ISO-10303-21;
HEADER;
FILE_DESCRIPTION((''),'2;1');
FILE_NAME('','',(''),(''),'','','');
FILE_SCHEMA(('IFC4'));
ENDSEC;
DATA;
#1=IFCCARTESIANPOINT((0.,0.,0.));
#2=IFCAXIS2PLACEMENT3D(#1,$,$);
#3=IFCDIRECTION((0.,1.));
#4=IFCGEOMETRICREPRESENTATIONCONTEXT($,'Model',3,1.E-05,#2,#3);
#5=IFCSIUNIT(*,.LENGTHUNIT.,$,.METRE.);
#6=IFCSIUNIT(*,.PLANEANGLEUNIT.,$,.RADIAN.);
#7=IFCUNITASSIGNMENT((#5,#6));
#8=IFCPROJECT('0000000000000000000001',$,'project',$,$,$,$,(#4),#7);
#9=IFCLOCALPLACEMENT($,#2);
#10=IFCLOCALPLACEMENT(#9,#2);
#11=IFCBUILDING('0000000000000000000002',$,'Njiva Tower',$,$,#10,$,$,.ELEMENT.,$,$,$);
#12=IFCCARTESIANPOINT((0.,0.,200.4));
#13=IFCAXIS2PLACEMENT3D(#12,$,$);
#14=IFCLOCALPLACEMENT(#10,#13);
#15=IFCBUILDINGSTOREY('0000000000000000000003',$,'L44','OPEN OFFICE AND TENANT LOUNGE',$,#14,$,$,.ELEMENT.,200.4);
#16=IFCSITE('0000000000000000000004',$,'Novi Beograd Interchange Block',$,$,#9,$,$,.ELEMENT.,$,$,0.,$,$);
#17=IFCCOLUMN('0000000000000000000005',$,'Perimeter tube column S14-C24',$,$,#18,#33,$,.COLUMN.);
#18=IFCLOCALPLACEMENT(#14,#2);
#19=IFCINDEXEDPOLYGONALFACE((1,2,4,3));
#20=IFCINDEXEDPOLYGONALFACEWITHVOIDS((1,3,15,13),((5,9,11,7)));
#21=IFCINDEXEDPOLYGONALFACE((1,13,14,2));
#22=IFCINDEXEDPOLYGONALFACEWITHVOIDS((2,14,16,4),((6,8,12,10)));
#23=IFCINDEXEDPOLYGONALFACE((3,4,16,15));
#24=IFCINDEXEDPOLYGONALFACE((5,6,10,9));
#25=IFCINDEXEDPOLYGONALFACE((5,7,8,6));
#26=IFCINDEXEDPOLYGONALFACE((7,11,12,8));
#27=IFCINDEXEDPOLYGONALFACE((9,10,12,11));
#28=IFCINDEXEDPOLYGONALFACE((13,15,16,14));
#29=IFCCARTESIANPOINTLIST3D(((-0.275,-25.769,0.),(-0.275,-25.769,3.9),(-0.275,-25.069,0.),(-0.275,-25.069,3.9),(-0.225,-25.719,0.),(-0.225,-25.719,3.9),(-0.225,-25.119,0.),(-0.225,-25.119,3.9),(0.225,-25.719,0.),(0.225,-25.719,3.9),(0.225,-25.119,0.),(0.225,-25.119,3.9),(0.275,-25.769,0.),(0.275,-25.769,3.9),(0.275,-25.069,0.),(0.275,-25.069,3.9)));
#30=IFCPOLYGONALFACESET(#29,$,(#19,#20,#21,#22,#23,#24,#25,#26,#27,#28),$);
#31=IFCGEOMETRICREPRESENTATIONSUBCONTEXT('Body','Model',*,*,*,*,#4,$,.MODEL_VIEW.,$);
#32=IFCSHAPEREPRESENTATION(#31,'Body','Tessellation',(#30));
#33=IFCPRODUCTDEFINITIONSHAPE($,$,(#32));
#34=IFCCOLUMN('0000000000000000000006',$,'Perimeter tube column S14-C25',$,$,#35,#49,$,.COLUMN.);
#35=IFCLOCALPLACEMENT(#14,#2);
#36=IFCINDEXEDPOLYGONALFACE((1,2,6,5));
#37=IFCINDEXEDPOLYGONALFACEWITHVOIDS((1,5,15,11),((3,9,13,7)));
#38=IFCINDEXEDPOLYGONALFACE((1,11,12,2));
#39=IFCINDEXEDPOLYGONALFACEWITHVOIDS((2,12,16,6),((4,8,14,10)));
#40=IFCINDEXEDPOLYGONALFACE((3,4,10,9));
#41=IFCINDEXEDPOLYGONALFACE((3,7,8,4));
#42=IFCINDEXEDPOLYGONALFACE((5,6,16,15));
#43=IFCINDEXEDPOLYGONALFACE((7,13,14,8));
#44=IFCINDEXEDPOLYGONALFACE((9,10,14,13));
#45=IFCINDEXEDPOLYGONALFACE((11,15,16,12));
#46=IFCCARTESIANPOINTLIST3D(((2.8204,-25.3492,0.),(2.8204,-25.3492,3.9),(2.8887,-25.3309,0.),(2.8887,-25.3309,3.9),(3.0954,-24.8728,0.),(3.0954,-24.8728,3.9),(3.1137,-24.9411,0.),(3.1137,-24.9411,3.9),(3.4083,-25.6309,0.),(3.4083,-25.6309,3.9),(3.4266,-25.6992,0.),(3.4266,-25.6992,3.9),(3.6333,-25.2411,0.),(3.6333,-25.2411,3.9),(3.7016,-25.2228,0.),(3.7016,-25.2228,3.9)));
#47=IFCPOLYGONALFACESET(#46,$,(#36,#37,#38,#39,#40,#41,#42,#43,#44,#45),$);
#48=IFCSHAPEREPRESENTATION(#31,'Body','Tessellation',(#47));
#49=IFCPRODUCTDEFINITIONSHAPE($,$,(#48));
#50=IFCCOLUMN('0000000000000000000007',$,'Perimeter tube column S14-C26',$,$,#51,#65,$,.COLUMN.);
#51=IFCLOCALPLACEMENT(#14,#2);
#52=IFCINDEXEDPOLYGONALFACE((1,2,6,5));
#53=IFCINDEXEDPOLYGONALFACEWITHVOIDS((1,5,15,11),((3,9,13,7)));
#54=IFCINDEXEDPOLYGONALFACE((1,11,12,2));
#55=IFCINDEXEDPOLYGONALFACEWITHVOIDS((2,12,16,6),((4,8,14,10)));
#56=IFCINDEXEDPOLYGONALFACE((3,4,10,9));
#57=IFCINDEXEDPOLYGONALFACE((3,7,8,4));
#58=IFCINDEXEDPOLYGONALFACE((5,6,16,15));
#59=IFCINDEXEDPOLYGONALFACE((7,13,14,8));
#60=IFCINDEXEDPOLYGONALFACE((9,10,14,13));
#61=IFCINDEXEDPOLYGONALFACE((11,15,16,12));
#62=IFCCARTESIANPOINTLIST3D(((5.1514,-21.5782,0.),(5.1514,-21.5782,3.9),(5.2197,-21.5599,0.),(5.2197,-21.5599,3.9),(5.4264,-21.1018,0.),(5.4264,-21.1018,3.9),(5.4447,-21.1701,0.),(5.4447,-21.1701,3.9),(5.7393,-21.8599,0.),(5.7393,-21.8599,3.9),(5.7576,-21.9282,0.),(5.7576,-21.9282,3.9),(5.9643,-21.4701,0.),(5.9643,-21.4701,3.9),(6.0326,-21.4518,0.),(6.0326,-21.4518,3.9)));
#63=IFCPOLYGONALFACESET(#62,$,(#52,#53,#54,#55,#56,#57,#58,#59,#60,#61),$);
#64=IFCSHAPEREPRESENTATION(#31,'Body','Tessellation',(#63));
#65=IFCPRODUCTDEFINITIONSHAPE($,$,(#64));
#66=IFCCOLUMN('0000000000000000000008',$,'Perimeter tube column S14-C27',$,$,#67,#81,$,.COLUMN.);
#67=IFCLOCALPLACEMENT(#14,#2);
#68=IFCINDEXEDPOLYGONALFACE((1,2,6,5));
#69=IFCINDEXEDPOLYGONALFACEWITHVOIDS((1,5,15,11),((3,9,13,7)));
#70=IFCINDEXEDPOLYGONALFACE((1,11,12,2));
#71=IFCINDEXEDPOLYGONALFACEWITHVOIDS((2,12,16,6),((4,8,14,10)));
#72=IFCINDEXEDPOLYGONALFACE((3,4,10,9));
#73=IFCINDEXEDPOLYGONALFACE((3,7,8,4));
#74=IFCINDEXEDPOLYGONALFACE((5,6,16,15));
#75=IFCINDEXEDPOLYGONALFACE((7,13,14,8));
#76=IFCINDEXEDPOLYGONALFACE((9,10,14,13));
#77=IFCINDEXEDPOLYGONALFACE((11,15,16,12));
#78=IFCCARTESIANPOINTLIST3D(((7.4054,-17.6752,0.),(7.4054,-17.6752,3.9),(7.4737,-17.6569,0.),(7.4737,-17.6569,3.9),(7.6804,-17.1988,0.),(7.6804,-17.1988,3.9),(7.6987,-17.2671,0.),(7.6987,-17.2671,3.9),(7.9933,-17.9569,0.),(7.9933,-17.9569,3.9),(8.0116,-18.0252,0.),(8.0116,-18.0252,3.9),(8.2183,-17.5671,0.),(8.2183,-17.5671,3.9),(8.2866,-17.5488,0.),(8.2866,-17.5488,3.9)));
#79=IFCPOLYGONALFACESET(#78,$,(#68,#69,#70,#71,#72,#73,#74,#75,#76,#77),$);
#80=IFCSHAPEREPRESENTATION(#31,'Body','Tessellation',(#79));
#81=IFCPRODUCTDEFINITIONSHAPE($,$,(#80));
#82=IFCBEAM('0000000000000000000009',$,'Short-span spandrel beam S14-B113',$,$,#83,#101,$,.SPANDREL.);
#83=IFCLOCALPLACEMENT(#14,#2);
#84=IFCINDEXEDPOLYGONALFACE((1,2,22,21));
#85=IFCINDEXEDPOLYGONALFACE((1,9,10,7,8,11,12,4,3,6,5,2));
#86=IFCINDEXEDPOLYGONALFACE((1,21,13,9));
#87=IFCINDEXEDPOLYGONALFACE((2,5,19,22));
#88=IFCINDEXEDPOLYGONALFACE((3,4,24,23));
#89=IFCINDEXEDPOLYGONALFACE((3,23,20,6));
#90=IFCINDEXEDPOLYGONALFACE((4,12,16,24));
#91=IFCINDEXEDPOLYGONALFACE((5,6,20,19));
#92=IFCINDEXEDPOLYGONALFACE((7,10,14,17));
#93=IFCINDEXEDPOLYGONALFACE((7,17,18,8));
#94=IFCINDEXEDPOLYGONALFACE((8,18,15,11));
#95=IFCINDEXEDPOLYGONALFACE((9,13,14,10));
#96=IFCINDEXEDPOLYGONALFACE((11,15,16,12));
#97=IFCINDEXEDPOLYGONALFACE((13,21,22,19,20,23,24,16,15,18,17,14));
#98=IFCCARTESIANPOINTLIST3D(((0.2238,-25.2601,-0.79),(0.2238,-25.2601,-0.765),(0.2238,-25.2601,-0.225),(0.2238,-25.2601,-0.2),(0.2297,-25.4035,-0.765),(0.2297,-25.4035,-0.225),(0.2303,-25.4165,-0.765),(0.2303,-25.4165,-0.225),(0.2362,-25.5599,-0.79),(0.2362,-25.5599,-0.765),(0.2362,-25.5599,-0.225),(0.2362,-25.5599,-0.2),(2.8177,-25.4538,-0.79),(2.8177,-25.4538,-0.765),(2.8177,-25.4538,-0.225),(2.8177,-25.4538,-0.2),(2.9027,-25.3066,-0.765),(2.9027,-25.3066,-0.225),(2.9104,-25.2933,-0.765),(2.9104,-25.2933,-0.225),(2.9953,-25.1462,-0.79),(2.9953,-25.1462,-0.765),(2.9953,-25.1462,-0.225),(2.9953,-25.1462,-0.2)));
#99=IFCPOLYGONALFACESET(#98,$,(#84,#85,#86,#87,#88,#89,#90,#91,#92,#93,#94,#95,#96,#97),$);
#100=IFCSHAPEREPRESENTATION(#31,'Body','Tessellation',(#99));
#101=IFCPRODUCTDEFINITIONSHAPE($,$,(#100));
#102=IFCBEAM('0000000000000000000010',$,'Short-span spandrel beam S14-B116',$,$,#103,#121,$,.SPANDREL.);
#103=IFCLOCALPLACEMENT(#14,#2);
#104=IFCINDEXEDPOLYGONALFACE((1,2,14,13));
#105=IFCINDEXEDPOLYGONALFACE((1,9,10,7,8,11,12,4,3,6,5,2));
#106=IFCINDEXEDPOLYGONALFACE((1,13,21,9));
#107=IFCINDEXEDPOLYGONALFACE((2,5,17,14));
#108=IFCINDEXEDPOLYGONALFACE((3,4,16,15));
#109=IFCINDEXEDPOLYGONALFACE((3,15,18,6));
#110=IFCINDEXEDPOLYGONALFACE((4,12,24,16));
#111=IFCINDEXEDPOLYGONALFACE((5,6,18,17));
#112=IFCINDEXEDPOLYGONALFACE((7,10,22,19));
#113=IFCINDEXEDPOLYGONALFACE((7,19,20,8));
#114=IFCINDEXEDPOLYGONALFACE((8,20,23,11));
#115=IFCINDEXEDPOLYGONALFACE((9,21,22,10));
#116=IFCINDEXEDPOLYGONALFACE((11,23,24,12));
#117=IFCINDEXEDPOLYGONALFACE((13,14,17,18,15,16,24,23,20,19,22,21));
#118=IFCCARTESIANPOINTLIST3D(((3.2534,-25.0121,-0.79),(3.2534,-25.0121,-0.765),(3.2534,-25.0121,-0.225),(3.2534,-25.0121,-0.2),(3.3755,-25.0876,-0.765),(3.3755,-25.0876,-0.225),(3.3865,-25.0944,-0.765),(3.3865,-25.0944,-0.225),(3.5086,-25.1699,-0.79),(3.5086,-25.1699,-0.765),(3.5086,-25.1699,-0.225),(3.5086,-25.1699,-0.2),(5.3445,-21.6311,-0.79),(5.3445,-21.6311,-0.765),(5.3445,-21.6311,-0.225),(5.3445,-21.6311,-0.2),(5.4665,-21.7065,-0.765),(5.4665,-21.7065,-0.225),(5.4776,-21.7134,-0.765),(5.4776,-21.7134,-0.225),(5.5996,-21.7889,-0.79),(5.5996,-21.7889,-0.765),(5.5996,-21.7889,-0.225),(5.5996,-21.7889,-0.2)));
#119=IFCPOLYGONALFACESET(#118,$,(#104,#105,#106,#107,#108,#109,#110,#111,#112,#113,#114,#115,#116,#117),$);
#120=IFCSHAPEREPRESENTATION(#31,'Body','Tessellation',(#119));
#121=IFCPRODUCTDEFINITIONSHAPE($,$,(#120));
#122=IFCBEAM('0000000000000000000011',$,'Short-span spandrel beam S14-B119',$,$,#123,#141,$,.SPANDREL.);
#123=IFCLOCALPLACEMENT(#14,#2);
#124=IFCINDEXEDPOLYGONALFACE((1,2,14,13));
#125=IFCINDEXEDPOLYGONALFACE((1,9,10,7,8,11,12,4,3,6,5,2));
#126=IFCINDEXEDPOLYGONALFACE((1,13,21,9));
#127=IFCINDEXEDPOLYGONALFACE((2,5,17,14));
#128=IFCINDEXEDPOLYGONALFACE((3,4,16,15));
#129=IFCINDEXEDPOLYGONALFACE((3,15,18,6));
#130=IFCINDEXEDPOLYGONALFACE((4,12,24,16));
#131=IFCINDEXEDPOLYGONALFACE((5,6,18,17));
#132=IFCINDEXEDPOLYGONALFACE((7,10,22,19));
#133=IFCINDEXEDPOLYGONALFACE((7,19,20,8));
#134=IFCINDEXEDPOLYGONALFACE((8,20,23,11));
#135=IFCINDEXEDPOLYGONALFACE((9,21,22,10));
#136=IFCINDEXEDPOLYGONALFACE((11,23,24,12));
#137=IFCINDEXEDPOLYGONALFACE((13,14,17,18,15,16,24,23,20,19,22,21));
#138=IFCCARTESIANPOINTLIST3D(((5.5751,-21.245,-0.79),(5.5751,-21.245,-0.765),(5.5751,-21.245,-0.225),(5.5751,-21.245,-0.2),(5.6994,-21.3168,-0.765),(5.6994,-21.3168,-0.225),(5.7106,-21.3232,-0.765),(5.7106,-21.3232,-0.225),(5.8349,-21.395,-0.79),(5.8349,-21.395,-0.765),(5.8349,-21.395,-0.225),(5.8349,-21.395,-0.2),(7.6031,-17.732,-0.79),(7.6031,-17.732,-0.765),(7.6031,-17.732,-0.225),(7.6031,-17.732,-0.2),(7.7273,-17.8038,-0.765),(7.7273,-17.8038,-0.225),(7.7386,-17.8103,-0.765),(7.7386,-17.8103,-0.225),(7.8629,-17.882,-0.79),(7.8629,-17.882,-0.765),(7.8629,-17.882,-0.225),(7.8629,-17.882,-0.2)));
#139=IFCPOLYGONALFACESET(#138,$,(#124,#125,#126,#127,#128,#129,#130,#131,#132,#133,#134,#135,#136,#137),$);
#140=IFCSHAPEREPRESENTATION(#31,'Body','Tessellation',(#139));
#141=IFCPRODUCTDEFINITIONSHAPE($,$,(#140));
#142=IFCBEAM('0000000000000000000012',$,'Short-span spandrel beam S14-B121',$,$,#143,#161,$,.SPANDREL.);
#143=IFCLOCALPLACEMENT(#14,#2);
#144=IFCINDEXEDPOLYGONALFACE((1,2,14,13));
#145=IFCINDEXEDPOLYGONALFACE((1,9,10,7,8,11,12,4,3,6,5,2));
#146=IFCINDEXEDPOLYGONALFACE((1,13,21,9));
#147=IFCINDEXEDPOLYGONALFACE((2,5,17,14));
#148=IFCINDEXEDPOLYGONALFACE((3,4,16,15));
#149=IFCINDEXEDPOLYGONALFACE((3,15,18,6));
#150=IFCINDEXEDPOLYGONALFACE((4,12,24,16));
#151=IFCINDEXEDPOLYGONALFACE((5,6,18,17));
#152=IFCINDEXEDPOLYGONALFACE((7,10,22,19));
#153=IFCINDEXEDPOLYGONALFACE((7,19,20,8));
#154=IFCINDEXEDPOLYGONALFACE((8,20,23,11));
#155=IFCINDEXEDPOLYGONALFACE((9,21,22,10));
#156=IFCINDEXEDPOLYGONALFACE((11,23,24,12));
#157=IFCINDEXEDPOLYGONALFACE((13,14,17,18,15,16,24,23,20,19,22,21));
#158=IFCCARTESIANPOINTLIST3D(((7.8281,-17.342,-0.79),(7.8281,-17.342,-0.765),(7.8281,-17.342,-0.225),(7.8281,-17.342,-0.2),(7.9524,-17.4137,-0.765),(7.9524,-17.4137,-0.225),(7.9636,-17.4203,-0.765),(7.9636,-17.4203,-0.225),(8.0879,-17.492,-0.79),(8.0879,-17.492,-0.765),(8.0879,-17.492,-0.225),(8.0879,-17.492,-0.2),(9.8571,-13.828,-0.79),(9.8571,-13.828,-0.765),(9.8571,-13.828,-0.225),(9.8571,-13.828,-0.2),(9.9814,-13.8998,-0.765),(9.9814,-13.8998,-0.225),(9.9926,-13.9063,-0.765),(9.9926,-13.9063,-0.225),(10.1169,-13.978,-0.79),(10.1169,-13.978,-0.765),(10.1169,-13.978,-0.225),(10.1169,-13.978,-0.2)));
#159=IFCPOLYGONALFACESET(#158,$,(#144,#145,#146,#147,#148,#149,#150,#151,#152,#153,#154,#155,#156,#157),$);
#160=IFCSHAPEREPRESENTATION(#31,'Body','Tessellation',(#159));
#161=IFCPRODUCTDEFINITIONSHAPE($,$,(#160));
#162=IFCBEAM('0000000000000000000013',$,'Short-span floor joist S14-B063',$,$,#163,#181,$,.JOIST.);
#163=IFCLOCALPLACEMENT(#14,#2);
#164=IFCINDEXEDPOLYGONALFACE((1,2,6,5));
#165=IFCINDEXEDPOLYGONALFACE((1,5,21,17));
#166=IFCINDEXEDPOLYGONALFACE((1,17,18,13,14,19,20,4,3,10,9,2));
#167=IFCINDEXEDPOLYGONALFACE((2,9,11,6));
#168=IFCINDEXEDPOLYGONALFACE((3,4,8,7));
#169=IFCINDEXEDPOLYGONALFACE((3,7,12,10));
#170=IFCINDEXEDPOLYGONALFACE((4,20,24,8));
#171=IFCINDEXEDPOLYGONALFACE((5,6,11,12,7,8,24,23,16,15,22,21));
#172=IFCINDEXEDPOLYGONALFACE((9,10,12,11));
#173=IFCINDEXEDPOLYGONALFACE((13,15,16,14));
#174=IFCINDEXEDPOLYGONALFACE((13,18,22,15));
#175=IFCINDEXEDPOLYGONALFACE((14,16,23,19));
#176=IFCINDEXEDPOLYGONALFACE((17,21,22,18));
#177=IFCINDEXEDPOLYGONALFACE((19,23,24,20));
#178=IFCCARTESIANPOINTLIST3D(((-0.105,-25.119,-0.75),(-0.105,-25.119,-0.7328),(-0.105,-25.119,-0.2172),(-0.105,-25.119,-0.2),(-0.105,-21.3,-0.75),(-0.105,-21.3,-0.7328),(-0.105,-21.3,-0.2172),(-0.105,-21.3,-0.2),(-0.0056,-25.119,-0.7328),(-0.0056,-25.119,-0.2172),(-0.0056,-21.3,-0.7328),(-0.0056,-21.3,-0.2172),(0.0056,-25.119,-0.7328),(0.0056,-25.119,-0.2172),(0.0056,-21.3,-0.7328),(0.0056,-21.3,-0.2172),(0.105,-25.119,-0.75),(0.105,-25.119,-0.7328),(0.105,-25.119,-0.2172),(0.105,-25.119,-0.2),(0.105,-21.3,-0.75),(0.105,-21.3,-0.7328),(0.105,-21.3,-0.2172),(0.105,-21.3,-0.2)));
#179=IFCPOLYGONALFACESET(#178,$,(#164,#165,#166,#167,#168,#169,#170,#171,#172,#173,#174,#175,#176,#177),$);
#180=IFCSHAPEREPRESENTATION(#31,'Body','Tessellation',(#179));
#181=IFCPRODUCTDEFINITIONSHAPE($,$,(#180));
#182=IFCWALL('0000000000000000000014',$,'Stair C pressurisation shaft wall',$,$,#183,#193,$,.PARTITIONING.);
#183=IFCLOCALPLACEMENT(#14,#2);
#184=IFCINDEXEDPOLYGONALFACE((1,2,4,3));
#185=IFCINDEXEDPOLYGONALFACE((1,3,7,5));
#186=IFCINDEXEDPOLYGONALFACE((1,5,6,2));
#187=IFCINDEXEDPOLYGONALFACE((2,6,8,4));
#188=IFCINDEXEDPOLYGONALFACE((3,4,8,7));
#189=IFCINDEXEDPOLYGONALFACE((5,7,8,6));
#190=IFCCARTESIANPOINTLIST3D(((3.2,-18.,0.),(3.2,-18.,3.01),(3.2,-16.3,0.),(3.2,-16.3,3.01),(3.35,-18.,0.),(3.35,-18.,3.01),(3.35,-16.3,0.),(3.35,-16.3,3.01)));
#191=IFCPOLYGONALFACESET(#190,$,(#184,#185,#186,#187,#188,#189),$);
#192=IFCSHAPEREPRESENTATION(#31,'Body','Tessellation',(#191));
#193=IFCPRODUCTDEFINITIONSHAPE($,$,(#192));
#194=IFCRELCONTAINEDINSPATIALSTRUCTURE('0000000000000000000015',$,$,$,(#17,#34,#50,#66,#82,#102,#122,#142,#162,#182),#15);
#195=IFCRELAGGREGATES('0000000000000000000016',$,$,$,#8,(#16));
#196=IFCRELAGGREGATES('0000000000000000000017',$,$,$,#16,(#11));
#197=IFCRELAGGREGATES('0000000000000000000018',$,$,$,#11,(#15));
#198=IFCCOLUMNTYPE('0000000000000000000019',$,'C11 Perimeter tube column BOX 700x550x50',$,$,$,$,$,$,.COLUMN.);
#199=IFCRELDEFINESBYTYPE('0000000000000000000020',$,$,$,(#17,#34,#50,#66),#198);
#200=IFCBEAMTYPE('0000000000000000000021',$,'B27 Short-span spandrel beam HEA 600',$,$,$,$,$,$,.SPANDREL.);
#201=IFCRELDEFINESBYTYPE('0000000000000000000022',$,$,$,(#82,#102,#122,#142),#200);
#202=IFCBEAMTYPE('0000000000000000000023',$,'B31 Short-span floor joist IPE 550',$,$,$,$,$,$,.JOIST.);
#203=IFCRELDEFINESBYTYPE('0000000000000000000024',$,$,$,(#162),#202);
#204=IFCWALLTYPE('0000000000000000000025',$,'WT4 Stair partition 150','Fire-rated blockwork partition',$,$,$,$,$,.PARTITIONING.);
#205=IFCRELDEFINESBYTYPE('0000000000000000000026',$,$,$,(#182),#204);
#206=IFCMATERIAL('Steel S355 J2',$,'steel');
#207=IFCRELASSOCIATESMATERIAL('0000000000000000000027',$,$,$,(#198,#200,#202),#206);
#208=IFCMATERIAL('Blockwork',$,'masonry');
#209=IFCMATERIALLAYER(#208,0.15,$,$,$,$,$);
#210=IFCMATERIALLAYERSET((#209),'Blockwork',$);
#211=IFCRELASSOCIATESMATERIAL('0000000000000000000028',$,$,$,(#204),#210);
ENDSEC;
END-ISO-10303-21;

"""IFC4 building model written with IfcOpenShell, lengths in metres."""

from ifc_helpers import new_model, si_unit, direction, frame, frame_2d, origin, origin_2d, place, context, subcontext, project, spatial, rectangle, hollow_rectangle, i_section, extrude, clip, halfspace, material, layer, layer_set, material_profile, profile_set, type_object, element, save


model = new_model("IFC4")

# Units and contexts
model_context = context("Model", 3, precision=1e-05, world=origin(), true_north=direction((0.0, 1.0)))
body_context = subcontext(model_context, "Body", "Model", "MODEL_VIEW")
ifc_project = project(units=[si_unit("LENGTHUNIT", "METRE"), si_unit("PLANEANGLEUNIT", "RADIAN")], contexts=[model_context])

# Site, building, storey
site_placement = place(None, origin())
site = spatial("IfcSite", under=ifc_project, at=site_placement, Name="Novi Beograd Interchange Block", CompositionType="ELEMENT", RefElevation=0.0)
building_placement = place(site_placement, origin())
building = spatial("IfcBuilding", under=site, at=building_placement, Name="Njiva Tower", CompositionType="ELEMENT")
storey_placement = place(building_placement, frame((0.0, 0.0, 200.4)))
storey = spatial("IfcBuildingStorey", under=building, at=storey_placement, Name="L44", Description="OPEN OFFICE AND TENANT LOUNGE", CompositionType="ELEMENT", Elevation=200.4)

# Columns
ifc_material_1 = material(Name="Steel S355 J2", Category="steel")
ifc_material_profile_1 = material_profile(ifc_material_1, hollow_rectangle(XDim=0.55, YDim=0.7, WallThickness=0.05, at=origin_2d()), Name="BOX 700x550x50")
ifc_profile_set_1 = profile_set([ifc_material_profile_1], Name="Steel S355 J2")
column_type = type_object("IfcColumnType", Name="C11 Perimeter tube column BOX 700x550x50", PredefinedType="COLUMN", material=ifc_profile_set_1)
for number, where, z_axis, x_axis, name in (
    (1, (0.0, -25.419, 0.0), (0.0, 0.0, 1.0), (1.0, 0.0, 0.0), "Perimeter tube column S14-C24"),
    (2, (3.261, -25.286, 0.0), (0.0, 0.0, 1.0), (0.5, 0.866025, 0.0), "Perimeter tube column S14-C25"),
    (3, (5.592, -21.515, 0.0), (0.0, 0.0, 1.0), (0.5, 0.866025, 0.0), "Perimeter tube column S14-C26"),
    (4, (7.846, -17.612, 0.0), (0.0, 0.0, 1.0), (0.5, 0.866025, 0.0), "Perimeter tube column S14-C27"),
):
    element("IfcColumn", number, at=place(storey_placement, frame(where, z_axis=z_axis, x_axis=x_axis)), inside=storey, type_object=column_type, Name=name, PredefinedType="COLUMN", context=body_context, shape_type="SweptSolid", body=[
        extrude(hollow_rectangle(XDim=0.55, YDim=0.7, WallThickness=0.05, at=origin_2d()), origin(), (0.0, 0.0, 1.0), 3.9),
    ])

# Beams
ifc_material_profile_2 = material_profile(ifc_material_1, i_section(OverallWidth=0.3, OverallDepth=0.59, WebThickness=0.013, FlangeThickness=0.025, at=origin_2d()), Name="HEA 600")
ifc_profile_set_2 = profile_set([ifc_material_profile_2], Name="Steel S355 J2")
beam_type_1 = type_object("IfcBeamType", Name="B27 Short-span spandrel beam HEA 600", PredefinedType="SPANDREL", material=ifc_profile_set_2)
beam_1_placement = place(storey_placement, frame((0.23, -25.41, -0.495), z_axis=(0.999156, 0.041071, 0.0), x_axis=(-0.041071, 0.999156, 0.0)))
element("IfcBeam", 5, at=beam_1_placement, inside=storey, type_object=beam_type_1, Name="Short-span spandrel beam S14-B113", PredefinedType="SPANDREL", context=body_context, shape_type="Clipping", body=[
    clip(extrude(i_section(OverallWidth=0.3, OverallDepth=0.59, WebThickness=0.013, FlangeThickness=0.025, at=origin_2d()), origin(), (0.0, 0.0, 1.0), 2.7933), halfspace(frame((-0.0271, 0.0, 2.6616), z_axis=(-0.535145, 0.0, 0.84476), x_axis=(0.0, 1.0, 0.0)), False)),
])
beam_2_placement = place(storey_placement, frame((3.381, -25.091, -0.495), z_axis=(0.525991, 0.85049, 0.0), x_axis=(-0.85049, 0.525991, 0.0)))
element("IfcBeam", 6, at=beam_2_placement, inside=storey, type_object=beam_type_1, Name="Short-span spandrel beam S14-B116", PredefinedType="SPANDREL", context=body_context, shape_type="SweptSolid", body=[
    extrude(i_section(OverallWidth=0.3, OverallDepth=0.59, WebThickness=0.013, FlangeThickness=0.025, at=origin_2d()), origin(), (0.0, 0.0, 1.0), 3.9754),
])
beam_3_placement = place(storey_placement, frame((5.705, -21.32, -0.495), z_axis=(0.499957, 0.86605, 0.0), x_axis=(-0.86605, 0.499957, 0.0)))
element("IfcBeam", 7, at=beam_3_placement, inside=storey, type_object=beam_type_1, Name="Short-span spandrel beam S14-B119", PredefinedType="SPANDREL", context=body_context, shape_type="SweptSolid", body=[
    extrude(i_section(OverallWidth=0.3, OverallDepth=0.59, WebThickness=0.013, FlangeThickness=0.025, at=origin_2d()), origin(), (0.0, 0.0, 1.0), 4.0563),
])
beam_4_placement = place(storey_placement, frame((7.958, -17.417, -0.495), z_axis=(0.500035, 0.866005, 0.0), x_axis=(-0.866005, 0.500035, 0.0)))
element("IfcBeam", 8, at=beam_4_placement, inside=storey, type_object=beam_type_1, Name="Short-span spandrel beam S14-B121", PredefinedType="SPANDREL", context=body_context, shape_type="SweptSolid", body=[
    extrude(i_section(OverallWidth=0.3, OverallDepth=0.59, WebThickness=0.013, FlangeThickness=0.025, at=origin_2d()), origin(), (0.0, 0.0, 1.0), 4.0577),
])
ifc_material_profile_3 = material_profile(ifc_material_1, i_section(OverallWidth=0.21, OverallDepth=0.55, WebThickness=0.0111, FlangeThickness=0.0172, at=origin_2d()), Name="IPE 550")
ifc_profile_set_3 = profile_set([ifc_material_profile_3], Name="Steel S355 J2")
beam_type_2 = type_object("IfcBeamType", Name="B31 Short-span floor joist IPE 550", PredefinedType="JOIST", material=ifc_profile_set_3)
beam_5_placement = place(storey_placement, frame((0.0, -21.3, -0.475), z_axis=(0.0, -1.0, 0.0), x_axis=(1.0, 0.0, 0.0)))
element("IfcBeam", 9, at=beam_5_placement, inside=storey, type_object=beam_type_2, Name="Short-span floor joist S14-B063", PredefinedType="JOIST", context=body_context, shape_type="SweptSolid", body=[
    extrude(i_section(OverallWidth=0.21, OverallDepth=0.55, WebThickness=0.0111, FlangeThickness=0.0172, at=origin_2d()), origin(), (0.0, 0.0, 1.0), 3.819),
])

# Wall
ifc_material_2 = material(Name="Blockwork", Category="masonry")
ifc_layer_1 = layer(ifc_material_2, 0.15)
ifc_layer_set_1 = layer_set([ifc_layer_1], Name="Blockwork")
wall_type_1 = type_object("IfcWallType", Name="WT4 Stair partition 150", Description="Fire-rated blockwork partition", PredefinedType="PARTITIONING", material=ifc_layer_set_1)
wall_1_placement = place(storey_placement, frame((3.275, -18.0, 0.0), z_axis=(0.0, 0.0, 1.0), x_axis=(0.0, 1.0, 0.0)))
element("IfcWall", 10, at=wall_1_placement, inside=storey, type_object=wall_type_1, Name="Stair C pressurisation shaft wall", PredefinedType="PARTITIONING", context=body_context, shape_type="SweptSolid", body=[
    extrude(rectangle(XDim=1.7, YDim=0.15, at=frame_2d((0.85, 0.0))), origin(), (0.0, 0.0, 1.0), 3.01),
])

save(model, "model.ifc")
